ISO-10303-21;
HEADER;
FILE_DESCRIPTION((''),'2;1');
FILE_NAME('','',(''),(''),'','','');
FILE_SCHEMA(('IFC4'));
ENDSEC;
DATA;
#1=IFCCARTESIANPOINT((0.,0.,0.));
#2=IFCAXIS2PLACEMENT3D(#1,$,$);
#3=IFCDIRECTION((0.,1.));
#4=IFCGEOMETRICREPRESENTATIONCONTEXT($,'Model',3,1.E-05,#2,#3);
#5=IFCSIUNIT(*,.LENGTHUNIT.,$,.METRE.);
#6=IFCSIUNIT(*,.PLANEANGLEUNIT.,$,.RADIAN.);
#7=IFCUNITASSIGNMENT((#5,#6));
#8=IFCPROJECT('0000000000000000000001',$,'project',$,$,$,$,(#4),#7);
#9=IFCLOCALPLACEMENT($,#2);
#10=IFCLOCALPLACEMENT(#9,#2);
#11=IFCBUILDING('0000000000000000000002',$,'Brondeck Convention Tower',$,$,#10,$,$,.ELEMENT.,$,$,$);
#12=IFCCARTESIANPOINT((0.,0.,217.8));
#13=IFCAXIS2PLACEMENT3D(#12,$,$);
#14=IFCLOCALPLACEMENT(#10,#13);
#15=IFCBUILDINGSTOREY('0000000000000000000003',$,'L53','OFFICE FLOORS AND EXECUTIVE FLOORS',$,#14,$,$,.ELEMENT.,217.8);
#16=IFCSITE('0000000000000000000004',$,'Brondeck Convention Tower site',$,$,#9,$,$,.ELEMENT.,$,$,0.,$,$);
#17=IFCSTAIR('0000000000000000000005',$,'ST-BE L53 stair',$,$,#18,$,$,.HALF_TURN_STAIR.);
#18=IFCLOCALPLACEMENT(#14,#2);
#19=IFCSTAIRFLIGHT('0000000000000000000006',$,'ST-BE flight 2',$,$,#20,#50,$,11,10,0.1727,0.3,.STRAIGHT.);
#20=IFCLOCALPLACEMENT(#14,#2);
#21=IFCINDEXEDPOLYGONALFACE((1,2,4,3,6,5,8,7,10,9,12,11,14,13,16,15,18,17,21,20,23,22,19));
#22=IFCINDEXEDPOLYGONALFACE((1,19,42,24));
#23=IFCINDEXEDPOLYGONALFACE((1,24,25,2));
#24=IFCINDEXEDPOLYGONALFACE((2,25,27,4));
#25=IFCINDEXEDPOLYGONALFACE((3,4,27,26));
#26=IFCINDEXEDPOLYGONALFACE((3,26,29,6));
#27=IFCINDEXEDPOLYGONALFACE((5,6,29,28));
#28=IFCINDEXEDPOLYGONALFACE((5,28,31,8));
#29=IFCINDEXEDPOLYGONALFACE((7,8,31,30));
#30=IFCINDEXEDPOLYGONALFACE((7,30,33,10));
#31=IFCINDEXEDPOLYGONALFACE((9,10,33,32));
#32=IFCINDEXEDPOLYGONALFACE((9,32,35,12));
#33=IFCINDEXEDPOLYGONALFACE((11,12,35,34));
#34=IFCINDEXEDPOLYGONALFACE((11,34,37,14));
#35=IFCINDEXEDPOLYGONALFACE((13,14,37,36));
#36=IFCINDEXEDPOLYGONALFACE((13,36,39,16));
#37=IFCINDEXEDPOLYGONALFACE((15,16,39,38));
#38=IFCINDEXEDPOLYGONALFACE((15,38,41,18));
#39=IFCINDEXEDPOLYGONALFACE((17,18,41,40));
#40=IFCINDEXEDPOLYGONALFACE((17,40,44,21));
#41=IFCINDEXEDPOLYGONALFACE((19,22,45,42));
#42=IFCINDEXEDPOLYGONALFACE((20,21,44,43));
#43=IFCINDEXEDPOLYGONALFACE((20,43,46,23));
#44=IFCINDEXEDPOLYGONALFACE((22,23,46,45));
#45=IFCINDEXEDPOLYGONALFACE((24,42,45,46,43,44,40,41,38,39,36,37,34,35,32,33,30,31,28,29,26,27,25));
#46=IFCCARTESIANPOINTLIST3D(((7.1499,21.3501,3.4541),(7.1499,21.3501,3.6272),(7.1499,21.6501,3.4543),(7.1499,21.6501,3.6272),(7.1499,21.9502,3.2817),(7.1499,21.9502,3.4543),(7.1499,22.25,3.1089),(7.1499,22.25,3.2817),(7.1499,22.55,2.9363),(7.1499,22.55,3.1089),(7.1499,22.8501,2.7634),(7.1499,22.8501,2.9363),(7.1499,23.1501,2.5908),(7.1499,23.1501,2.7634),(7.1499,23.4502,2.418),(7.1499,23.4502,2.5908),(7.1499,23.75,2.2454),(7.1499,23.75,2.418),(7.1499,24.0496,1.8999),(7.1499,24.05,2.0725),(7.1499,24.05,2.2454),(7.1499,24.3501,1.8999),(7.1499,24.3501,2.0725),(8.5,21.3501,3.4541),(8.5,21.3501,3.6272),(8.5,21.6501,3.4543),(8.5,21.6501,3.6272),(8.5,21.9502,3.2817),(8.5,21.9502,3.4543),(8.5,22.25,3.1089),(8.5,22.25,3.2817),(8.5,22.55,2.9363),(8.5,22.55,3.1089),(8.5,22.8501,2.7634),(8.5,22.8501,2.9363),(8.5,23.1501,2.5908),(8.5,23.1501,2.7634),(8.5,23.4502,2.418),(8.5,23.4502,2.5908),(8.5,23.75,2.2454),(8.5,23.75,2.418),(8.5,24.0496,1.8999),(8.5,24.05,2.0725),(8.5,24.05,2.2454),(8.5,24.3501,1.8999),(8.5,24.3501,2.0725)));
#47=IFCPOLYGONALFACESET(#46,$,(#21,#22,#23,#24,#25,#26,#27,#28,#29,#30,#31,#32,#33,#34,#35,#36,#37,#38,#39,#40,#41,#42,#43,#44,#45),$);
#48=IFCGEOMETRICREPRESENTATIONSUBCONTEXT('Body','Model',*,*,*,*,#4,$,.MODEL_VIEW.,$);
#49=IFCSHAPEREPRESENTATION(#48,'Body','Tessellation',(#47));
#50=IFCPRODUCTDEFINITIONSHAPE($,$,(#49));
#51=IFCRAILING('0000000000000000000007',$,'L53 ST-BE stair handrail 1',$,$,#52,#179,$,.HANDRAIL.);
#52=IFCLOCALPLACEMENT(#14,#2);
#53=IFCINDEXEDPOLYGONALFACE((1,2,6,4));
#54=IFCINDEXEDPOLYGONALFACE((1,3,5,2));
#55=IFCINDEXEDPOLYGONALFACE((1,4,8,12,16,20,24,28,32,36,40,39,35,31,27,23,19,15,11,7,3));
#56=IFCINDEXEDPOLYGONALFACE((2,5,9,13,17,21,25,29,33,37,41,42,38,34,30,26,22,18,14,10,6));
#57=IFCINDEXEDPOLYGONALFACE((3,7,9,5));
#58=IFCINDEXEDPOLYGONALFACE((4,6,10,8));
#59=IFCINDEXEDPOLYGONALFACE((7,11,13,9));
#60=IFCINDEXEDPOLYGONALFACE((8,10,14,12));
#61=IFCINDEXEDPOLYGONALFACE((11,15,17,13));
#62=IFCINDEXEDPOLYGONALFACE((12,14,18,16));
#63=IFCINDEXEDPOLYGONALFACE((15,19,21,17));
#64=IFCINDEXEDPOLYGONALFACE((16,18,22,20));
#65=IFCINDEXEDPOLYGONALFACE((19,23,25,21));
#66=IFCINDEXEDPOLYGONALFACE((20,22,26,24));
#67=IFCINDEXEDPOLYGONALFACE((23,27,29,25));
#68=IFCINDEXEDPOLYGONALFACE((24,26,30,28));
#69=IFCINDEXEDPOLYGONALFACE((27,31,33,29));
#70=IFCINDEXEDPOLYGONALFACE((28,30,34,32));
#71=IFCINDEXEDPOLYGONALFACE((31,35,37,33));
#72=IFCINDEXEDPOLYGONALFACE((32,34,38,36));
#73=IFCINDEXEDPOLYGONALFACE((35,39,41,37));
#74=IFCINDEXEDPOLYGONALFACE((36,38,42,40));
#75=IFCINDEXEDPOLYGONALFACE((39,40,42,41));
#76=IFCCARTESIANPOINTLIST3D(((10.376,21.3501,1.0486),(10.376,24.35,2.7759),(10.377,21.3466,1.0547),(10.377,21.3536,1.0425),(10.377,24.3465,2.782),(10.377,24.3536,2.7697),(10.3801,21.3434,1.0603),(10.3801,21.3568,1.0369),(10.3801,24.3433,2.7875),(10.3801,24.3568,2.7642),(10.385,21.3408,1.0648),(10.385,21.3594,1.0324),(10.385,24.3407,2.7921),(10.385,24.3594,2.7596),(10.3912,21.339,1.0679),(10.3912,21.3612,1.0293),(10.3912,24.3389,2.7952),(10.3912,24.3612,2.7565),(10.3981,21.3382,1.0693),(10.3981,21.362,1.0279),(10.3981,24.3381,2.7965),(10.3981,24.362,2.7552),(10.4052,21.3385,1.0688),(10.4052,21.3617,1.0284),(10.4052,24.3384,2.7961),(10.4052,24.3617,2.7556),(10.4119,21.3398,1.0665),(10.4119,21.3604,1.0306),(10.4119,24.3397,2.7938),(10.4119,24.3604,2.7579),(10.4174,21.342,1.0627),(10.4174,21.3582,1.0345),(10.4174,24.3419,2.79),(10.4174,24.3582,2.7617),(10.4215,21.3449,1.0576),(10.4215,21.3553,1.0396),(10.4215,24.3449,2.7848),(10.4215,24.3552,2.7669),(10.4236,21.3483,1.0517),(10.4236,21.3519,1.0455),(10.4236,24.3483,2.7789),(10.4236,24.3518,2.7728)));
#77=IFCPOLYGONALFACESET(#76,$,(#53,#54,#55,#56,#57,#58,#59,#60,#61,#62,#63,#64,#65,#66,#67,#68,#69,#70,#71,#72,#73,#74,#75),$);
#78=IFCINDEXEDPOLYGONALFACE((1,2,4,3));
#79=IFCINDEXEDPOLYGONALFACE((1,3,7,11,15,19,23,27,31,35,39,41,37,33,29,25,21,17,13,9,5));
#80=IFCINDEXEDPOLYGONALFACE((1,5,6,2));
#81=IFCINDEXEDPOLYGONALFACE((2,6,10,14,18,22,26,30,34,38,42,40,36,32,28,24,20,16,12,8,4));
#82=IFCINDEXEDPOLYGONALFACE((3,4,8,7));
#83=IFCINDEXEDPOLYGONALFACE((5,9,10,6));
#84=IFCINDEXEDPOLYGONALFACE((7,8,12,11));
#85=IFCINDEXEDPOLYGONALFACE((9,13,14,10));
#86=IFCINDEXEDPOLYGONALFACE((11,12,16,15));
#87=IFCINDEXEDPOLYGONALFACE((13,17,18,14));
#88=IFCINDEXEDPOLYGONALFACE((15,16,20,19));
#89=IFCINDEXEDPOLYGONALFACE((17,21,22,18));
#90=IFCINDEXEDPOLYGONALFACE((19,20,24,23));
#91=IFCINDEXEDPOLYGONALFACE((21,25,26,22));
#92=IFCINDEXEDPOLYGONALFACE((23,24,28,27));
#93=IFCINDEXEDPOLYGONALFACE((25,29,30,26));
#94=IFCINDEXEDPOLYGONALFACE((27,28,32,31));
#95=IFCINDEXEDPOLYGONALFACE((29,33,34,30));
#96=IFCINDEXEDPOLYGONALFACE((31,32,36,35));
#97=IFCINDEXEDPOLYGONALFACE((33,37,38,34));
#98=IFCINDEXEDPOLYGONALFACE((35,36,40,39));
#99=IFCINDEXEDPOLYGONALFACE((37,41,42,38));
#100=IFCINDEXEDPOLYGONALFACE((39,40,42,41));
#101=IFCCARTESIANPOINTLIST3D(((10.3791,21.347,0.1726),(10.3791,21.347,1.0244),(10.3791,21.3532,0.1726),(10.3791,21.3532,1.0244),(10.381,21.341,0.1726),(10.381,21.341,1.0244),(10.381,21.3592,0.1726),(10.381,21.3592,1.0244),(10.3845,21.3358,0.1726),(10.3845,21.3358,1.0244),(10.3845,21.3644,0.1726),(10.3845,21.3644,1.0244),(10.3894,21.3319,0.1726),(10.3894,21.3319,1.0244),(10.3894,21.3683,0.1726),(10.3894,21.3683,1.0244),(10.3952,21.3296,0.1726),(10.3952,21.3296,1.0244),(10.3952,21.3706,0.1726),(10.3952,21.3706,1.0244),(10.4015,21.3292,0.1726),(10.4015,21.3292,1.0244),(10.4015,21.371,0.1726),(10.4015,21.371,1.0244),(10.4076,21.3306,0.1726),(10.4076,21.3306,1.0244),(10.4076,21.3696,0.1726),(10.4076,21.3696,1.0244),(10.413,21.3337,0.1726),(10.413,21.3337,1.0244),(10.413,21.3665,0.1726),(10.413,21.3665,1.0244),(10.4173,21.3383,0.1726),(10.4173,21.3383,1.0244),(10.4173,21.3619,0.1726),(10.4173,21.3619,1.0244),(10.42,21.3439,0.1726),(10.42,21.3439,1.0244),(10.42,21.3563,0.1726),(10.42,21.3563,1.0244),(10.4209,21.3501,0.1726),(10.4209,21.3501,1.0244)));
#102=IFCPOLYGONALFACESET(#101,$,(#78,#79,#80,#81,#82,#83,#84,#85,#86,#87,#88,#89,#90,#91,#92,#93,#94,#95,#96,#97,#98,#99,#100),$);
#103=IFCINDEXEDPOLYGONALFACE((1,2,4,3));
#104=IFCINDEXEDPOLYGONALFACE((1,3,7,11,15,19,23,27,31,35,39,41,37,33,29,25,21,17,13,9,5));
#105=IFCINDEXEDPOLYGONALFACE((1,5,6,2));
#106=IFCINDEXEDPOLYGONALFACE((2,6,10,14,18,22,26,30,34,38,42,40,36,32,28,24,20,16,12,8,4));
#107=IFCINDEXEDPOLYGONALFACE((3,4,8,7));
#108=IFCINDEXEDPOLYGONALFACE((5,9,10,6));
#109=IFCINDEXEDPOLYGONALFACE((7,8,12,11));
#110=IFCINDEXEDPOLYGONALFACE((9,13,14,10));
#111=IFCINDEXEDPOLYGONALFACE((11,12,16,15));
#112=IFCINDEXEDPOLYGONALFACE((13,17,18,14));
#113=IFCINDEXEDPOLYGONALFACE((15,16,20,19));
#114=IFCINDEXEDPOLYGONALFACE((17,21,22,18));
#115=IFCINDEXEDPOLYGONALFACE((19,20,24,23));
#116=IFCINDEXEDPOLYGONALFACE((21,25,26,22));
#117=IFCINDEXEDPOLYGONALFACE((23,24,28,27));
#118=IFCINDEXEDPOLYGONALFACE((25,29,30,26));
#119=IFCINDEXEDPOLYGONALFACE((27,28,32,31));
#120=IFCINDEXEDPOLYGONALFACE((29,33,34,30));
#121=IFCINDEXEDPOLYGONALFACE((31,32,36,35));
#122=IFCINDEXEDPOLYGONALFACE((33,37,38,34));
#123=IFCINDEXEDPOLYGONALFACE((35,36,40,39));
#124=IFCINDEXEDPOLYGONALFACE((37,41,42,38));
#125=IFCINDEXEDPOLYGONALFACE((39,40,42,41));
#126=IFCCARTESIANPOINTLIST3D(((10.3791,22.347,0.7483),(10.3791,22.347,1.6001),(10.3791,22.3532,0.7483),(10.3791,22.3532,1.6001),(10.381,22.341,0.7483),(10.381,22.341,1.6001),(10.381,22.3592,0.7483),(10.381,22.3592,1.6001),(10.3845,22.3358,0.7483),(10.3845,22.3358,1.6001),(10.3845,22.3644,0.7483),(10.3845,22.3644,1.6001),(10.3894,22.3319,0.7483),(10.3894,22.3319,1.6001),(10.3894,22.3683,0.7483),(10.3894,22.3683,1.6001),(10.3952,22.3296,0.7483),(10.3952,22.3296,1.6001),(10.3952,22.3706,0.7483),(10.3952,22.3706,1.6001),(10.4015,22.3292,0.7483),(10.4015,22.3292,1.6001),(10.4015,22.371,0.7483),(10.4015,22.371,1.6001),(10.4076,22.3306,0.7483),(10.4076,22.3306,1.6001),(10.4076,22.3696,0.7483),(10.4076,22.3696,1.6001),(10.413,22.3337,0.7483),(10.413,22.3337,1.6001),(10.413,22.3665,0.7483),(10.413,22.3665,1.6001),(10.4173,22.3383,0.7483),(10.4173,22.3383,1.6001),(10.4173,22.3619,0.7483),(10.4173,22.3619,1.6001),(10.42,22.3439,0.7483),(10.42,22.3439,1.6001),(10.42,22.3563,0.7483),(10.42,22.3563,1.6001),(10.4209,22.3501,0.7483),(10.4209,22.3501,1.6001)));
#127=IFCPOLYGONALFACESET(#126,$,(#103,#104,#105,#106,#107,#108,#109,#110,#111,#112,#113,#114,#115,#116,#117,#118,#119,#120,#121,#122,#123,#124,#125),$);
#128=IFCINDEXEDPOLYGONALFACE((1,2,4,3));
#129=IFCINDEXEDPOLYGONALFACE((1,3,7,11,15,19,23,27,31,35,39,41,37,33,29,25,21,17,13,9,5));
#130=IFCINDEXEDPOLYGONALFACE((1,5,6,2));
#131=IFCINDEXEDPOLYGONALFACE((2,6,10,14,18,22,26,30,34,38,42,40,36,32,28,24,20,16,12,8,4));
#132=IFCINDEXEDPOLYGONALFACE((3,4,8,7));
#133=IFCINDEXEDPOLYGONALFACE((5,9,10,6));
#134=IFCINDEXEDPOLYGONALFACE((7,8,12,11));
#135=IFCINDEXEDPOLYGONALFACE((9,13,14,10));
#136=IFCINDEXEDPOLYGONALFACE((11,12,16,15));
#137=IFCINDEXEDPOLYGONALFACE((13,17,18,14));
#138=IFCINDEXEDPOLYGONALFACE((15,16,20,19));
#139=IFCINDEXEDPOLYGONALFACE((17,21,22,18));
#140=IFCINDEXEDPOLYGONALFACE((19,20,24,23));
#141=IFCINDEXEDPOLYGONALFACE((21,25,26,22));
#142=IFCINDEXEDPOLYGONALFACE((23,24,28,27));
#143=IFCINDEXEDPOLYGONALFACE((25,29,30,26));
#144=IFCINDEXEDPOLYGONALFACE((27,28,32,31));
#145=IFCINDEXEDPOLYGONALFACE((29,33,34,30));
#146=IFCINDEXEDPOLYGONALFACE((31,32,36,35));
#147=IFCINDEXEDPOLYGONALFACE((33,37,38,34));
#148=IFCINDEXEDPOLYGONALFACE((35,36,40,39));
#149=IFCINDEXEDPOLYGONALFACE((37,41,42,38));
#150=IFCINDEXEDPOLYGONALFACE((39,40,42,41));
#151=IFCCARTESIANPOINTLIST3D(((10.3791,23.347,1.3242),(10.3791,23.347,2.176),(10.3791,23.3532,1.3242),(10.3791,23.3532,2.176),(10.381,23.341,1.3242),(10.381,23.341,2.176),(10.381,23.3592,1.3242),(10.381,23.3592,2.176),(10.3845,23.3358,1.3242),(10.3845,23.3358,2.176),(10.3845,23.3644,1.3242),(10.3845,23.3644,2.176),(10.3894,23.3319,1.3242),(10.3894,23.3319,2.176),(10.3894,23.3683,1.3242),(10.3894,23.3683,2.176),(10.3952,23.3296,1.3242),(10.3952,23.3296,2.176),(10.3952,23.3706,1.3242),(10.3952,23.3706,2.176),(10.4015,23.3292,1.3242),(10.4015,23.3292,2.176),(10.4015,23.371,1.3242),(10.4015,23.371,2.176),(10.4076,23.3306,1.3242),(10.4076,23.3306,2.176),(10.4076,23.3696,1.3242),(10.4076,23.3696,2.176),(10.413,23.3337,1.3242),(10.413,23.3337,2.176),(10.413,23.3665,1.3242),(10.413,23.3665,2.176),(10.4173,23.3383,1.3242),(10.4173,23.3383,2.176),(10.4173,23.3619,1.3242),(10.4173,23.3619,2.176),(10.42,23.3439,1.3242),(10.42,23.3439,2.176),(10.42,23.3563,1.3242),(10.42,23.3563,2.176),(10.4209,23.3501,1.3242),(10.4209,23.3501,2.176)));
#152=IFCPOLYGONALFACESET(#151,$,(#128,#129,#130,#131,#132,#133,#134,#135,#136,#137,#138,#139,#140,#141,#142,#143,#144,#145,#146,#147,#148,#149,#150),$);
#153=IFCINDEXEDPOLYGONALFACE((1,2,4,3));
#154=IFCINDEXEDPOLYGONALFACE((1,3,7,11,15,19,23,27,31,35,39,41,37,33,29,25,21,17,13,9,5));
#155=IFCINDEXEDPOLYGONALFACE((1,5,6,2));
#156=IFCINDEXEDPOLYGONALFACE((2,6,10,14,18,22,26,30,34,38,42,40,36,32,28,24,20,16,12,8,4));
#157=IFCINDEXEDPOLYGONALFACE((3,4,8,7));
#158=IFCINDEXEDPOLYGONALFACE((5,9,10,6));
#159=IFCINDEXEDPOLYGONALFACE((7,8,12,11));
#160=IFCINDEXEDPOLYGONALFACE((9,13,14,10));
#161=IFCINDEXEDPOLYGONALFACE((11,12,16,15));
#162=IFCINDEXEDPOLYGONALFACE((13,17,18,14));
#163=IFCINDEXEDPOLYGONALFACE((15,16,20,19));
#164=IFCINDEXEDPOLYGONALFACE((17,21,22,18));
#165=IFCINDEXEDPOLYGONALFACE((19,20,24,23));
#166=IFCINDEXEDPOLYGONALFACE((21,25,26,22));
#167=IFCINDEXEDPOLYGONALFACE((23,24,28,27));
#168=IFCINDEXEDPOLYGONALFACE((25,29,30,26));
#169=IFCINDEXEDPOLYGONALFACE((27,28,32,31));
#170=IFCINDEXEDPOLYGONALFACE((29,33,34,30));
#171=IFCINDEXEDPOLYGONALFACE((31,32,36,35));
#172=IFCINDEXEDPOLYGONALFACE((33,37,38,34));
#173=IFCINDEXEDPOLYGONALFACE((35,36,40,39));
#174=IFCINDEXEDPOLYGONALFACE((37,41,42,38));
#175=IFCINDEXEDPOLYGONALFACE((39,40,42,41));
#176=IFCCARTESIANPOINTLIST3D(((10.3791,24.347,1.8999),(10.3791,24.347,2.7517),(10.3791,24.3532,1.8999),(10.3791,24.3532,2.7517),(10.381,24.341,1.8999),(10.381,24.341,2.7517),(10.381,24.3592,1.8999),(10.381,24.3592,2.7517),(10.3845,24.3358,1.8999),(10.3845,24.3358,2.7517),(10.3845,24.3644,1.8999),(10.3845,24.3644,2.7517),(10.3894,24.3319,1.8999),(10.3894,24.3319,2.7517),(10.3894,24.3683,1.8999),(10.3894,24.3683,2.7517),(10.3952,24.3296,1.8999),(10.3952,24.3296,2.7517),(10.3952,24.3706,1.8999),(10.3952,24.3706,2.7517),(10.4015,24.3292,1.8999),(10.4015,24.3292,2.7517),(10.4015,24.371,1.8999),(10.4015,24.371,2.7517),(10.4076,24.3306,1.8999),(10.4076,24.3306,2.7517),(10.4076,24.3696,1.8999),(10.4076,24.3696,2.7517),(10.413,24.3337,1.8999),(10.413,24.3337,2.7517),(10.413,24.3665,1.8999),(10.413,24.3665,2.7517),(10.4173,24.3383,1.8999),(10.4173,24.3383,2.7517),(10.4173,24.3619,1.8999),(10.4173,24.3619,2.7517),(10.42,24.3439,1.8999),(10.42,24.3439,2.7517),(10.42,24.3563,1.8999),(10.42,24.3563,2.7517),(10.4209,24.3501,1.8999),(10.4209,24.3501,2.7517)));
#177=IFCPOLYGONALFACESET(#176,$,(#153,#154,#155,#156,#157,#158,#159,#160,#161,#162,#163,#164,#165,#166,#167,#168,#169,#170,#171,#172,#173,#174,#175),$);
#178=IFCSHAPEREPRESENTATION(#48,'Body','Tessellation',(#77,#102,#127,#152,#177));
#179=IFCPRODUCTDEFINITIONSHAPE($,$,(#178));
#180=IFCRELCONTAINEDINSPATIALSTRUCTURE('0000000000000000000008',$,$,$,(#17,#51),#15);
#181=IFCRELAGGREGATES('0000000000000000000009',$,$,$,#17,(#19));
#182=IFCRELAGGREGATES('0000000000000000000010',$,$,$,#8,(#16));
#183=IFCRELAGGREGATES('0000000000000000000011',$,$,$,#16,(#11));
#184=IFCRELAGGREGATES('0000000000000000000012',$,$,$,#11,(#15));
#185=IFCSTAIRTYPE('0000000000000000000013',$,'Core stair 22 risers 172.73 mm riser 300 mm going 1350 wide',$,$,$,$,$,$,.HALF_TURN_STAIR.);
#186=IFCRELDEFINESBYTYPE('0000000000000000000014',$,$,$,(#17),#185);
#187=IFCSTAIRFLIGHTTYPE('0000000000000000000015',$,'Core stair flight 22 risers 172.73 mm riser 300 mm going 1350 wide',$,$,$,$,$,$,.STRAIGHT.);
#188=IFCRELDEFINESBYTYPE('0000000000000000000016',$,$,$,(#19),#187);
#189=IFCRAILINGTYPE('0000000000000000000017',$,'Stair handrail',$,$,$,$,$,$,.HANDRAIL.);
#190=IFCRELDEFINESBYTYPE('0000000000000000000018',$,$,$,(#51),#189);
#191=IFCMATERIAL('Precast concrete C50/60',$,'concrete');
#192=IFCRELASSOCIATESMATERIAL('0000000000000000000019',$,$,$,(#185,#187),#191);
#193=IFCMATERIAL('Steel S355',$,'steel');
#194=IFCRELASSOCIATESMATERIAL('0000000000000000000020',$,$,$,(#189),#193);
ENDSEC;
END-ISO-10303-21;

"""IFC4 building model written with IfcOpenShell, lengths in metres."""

from ifc_helpers import new_model, si_unit, direction, frame, origin, origin_2d, place, context, subcontext, project, spatial, polyline, circle, outline, extrude, material, type_object, element, aggregate, save


model = new_model("IFC4")

# Units and contexts
model_context = context("Model", 3, precision=1e-05, world=origin(), true_north=direction((0.0, 1.0)))
body_context = subcontext(model_context, "Body", "Model", "MODEL_VIEW")
ifc_project = project(units=[si_unit("LENGTHUNIT", "METRE"), si_unit("PLANEANGLEUNIT", "RADIAN")], contexts=[model_context])

# Site, building, storey
site_placement = place(None, origin())
site = spatial("IfcSite", under=ifc_project, at=site_placement, Name="Brondeck Convention Tower site", CompositionType="ELEMENT", RefElevation=0.0)
building_placement = place(site_placement, origin())
building = spatial("IfcBuilding", under=site, at=building_placement, Name="Brondeck Convention Tower", CompositionType="ELEMENT")
storey_placement = place(building_placement, frame((0.0, 0.0, 217.8)))
storey = spatial("IfcBuildingStorey", under=building, at=storey_placement, Name="L53", Description="OFFICE FLOORS AND EXECUTIVE FLOORS", CompositionType="ELEMENT", Elevation=217.8)

# Shared definitions
ifc_material_1 = material(Name="Steel S355", Category="steel")

# Stair, stair flight
ifc_material_2 = material(Name="Precast concrete C50/60", Category="concrete")
stair_type = type_object("IfcStairType", Name="Core stair 22 risers 172.73 mm riser 300 mm going 1350 wide", PredefinedType="HALF_TURN_STAIR", material=ifc_material_2)
stair_placement = place(storey_placement, origin())
stair = element("IfcStair", 1, at=stair_placement, inside=storey, type_object=stair_type, Name="ST-BE L53 stair", PredefinedType="HALF_TURN_STAIR")
stair_flight_type = type_object("IfcStairFlightType", Name="Core stair flight 22 risers 172.73 mm riser 300 mm going 1350 wide", PredefinedType="STRAIGHT", material=ifc_material_2)
stair_flight_1_placement = place(storey_placement, frame((7.825, 24.3501, 1.8999), z_axis=(0.0, 0.0, 1.0), x_axis=(0.0, -1.0, 0.0)))
stair_flight_1 = element("IfcStairFlight", 2, at=stair_flight_1_placement, type_object=stair_flight_type, Name="ST-BE flight 2", NumberOfRisers=11, NumberOfTreads=10, PredefinedType="STRAIGHT", RiserHeight=0.1727, TreadLength=0.3, context=body_context, shape_type="SweptSolid", body=[
    extrude(outline(polyline([(0.0, 0.0), (0.0, 0.1726), (0.3, 0.1726), (0.3, 0.3455), (0.6001, 0.3455), (0.6001, 0.5181), (0.8999, 0.5181), (0.8999, 0.6909), (1.2, 0.6909), (1.2, 0.8635), (1.5, 0.8635), (1.5, 1.0364), (1.8, 1.0364), (1.8, 1.209), (2.1001, 1.209), (2.1001, 1.3818), (2.3999, 1.3818), (2.3999, 1.5544), (2.7, 1.5544), (2.7, 1.7273), (3.0, 1.7273), (3.0, 1.8999), (3.0, 1.5542), (0.3005, 0.0), (0.0, 0.0)])), frame((0.0, 0.675, 0.0), z_axis=(0.0, -1.0, 0.0), x_axis=(1.0, 0.0, 0.0)), (0.0, 0.0, 1.0), 1.3501),
])
aggregate(stair, [stair_flight_1])

# Railing
railing_type_1 = type_object("IfcRailingType", Name="Stair handrail", PredefinedType="HANDRAIL", material=ifc_material_1)
railing_1_placement = place(storey_placement, frame((10.3999, 21.3501, 0.1726)))
element("IfcRailing", 3, at=railing_1_placement, inside=storey, type_object=railing_type_1, Name="L53 ST-BE stair handrail 1", PredefinedType="HANDRAIL", context=body_context, shape_type="SweptSolid", body=[
    extrude(circle(Radius=0.0239, at=origin_2d()), frame((0.0, 0.0, 0.876), z_axis=(0.0, 0.86662, 0.498969), x_axis=(-1.0, 0.0, 0.0)), (0.0, 0.0, 1.0), 3.4617),
    extrude(circle(Radius=0.021, at=origin_2d()), origin(), (0.0, 0.0, 1.0), 0.8518),
    extrude(circle(Radius=0.021, at=origin_2d()), frame((0.0, 1.0, 0.5757)), (0.0, 0.0, 1.0), 0.8518),
    extrude(circle(Radius=0.021, at=origin_2d()), frame((0.0, 2.0, 1.1516)), (0.0, 0.0, 1.0), 0.8518),
    extrude(circle(Radius=0.021, at=origin_2d()), frame((0.0, 3.0, 1.7273)), (0.0, 0.0, 1.0), 0.8518),
])

save(model, "model.ifc")
